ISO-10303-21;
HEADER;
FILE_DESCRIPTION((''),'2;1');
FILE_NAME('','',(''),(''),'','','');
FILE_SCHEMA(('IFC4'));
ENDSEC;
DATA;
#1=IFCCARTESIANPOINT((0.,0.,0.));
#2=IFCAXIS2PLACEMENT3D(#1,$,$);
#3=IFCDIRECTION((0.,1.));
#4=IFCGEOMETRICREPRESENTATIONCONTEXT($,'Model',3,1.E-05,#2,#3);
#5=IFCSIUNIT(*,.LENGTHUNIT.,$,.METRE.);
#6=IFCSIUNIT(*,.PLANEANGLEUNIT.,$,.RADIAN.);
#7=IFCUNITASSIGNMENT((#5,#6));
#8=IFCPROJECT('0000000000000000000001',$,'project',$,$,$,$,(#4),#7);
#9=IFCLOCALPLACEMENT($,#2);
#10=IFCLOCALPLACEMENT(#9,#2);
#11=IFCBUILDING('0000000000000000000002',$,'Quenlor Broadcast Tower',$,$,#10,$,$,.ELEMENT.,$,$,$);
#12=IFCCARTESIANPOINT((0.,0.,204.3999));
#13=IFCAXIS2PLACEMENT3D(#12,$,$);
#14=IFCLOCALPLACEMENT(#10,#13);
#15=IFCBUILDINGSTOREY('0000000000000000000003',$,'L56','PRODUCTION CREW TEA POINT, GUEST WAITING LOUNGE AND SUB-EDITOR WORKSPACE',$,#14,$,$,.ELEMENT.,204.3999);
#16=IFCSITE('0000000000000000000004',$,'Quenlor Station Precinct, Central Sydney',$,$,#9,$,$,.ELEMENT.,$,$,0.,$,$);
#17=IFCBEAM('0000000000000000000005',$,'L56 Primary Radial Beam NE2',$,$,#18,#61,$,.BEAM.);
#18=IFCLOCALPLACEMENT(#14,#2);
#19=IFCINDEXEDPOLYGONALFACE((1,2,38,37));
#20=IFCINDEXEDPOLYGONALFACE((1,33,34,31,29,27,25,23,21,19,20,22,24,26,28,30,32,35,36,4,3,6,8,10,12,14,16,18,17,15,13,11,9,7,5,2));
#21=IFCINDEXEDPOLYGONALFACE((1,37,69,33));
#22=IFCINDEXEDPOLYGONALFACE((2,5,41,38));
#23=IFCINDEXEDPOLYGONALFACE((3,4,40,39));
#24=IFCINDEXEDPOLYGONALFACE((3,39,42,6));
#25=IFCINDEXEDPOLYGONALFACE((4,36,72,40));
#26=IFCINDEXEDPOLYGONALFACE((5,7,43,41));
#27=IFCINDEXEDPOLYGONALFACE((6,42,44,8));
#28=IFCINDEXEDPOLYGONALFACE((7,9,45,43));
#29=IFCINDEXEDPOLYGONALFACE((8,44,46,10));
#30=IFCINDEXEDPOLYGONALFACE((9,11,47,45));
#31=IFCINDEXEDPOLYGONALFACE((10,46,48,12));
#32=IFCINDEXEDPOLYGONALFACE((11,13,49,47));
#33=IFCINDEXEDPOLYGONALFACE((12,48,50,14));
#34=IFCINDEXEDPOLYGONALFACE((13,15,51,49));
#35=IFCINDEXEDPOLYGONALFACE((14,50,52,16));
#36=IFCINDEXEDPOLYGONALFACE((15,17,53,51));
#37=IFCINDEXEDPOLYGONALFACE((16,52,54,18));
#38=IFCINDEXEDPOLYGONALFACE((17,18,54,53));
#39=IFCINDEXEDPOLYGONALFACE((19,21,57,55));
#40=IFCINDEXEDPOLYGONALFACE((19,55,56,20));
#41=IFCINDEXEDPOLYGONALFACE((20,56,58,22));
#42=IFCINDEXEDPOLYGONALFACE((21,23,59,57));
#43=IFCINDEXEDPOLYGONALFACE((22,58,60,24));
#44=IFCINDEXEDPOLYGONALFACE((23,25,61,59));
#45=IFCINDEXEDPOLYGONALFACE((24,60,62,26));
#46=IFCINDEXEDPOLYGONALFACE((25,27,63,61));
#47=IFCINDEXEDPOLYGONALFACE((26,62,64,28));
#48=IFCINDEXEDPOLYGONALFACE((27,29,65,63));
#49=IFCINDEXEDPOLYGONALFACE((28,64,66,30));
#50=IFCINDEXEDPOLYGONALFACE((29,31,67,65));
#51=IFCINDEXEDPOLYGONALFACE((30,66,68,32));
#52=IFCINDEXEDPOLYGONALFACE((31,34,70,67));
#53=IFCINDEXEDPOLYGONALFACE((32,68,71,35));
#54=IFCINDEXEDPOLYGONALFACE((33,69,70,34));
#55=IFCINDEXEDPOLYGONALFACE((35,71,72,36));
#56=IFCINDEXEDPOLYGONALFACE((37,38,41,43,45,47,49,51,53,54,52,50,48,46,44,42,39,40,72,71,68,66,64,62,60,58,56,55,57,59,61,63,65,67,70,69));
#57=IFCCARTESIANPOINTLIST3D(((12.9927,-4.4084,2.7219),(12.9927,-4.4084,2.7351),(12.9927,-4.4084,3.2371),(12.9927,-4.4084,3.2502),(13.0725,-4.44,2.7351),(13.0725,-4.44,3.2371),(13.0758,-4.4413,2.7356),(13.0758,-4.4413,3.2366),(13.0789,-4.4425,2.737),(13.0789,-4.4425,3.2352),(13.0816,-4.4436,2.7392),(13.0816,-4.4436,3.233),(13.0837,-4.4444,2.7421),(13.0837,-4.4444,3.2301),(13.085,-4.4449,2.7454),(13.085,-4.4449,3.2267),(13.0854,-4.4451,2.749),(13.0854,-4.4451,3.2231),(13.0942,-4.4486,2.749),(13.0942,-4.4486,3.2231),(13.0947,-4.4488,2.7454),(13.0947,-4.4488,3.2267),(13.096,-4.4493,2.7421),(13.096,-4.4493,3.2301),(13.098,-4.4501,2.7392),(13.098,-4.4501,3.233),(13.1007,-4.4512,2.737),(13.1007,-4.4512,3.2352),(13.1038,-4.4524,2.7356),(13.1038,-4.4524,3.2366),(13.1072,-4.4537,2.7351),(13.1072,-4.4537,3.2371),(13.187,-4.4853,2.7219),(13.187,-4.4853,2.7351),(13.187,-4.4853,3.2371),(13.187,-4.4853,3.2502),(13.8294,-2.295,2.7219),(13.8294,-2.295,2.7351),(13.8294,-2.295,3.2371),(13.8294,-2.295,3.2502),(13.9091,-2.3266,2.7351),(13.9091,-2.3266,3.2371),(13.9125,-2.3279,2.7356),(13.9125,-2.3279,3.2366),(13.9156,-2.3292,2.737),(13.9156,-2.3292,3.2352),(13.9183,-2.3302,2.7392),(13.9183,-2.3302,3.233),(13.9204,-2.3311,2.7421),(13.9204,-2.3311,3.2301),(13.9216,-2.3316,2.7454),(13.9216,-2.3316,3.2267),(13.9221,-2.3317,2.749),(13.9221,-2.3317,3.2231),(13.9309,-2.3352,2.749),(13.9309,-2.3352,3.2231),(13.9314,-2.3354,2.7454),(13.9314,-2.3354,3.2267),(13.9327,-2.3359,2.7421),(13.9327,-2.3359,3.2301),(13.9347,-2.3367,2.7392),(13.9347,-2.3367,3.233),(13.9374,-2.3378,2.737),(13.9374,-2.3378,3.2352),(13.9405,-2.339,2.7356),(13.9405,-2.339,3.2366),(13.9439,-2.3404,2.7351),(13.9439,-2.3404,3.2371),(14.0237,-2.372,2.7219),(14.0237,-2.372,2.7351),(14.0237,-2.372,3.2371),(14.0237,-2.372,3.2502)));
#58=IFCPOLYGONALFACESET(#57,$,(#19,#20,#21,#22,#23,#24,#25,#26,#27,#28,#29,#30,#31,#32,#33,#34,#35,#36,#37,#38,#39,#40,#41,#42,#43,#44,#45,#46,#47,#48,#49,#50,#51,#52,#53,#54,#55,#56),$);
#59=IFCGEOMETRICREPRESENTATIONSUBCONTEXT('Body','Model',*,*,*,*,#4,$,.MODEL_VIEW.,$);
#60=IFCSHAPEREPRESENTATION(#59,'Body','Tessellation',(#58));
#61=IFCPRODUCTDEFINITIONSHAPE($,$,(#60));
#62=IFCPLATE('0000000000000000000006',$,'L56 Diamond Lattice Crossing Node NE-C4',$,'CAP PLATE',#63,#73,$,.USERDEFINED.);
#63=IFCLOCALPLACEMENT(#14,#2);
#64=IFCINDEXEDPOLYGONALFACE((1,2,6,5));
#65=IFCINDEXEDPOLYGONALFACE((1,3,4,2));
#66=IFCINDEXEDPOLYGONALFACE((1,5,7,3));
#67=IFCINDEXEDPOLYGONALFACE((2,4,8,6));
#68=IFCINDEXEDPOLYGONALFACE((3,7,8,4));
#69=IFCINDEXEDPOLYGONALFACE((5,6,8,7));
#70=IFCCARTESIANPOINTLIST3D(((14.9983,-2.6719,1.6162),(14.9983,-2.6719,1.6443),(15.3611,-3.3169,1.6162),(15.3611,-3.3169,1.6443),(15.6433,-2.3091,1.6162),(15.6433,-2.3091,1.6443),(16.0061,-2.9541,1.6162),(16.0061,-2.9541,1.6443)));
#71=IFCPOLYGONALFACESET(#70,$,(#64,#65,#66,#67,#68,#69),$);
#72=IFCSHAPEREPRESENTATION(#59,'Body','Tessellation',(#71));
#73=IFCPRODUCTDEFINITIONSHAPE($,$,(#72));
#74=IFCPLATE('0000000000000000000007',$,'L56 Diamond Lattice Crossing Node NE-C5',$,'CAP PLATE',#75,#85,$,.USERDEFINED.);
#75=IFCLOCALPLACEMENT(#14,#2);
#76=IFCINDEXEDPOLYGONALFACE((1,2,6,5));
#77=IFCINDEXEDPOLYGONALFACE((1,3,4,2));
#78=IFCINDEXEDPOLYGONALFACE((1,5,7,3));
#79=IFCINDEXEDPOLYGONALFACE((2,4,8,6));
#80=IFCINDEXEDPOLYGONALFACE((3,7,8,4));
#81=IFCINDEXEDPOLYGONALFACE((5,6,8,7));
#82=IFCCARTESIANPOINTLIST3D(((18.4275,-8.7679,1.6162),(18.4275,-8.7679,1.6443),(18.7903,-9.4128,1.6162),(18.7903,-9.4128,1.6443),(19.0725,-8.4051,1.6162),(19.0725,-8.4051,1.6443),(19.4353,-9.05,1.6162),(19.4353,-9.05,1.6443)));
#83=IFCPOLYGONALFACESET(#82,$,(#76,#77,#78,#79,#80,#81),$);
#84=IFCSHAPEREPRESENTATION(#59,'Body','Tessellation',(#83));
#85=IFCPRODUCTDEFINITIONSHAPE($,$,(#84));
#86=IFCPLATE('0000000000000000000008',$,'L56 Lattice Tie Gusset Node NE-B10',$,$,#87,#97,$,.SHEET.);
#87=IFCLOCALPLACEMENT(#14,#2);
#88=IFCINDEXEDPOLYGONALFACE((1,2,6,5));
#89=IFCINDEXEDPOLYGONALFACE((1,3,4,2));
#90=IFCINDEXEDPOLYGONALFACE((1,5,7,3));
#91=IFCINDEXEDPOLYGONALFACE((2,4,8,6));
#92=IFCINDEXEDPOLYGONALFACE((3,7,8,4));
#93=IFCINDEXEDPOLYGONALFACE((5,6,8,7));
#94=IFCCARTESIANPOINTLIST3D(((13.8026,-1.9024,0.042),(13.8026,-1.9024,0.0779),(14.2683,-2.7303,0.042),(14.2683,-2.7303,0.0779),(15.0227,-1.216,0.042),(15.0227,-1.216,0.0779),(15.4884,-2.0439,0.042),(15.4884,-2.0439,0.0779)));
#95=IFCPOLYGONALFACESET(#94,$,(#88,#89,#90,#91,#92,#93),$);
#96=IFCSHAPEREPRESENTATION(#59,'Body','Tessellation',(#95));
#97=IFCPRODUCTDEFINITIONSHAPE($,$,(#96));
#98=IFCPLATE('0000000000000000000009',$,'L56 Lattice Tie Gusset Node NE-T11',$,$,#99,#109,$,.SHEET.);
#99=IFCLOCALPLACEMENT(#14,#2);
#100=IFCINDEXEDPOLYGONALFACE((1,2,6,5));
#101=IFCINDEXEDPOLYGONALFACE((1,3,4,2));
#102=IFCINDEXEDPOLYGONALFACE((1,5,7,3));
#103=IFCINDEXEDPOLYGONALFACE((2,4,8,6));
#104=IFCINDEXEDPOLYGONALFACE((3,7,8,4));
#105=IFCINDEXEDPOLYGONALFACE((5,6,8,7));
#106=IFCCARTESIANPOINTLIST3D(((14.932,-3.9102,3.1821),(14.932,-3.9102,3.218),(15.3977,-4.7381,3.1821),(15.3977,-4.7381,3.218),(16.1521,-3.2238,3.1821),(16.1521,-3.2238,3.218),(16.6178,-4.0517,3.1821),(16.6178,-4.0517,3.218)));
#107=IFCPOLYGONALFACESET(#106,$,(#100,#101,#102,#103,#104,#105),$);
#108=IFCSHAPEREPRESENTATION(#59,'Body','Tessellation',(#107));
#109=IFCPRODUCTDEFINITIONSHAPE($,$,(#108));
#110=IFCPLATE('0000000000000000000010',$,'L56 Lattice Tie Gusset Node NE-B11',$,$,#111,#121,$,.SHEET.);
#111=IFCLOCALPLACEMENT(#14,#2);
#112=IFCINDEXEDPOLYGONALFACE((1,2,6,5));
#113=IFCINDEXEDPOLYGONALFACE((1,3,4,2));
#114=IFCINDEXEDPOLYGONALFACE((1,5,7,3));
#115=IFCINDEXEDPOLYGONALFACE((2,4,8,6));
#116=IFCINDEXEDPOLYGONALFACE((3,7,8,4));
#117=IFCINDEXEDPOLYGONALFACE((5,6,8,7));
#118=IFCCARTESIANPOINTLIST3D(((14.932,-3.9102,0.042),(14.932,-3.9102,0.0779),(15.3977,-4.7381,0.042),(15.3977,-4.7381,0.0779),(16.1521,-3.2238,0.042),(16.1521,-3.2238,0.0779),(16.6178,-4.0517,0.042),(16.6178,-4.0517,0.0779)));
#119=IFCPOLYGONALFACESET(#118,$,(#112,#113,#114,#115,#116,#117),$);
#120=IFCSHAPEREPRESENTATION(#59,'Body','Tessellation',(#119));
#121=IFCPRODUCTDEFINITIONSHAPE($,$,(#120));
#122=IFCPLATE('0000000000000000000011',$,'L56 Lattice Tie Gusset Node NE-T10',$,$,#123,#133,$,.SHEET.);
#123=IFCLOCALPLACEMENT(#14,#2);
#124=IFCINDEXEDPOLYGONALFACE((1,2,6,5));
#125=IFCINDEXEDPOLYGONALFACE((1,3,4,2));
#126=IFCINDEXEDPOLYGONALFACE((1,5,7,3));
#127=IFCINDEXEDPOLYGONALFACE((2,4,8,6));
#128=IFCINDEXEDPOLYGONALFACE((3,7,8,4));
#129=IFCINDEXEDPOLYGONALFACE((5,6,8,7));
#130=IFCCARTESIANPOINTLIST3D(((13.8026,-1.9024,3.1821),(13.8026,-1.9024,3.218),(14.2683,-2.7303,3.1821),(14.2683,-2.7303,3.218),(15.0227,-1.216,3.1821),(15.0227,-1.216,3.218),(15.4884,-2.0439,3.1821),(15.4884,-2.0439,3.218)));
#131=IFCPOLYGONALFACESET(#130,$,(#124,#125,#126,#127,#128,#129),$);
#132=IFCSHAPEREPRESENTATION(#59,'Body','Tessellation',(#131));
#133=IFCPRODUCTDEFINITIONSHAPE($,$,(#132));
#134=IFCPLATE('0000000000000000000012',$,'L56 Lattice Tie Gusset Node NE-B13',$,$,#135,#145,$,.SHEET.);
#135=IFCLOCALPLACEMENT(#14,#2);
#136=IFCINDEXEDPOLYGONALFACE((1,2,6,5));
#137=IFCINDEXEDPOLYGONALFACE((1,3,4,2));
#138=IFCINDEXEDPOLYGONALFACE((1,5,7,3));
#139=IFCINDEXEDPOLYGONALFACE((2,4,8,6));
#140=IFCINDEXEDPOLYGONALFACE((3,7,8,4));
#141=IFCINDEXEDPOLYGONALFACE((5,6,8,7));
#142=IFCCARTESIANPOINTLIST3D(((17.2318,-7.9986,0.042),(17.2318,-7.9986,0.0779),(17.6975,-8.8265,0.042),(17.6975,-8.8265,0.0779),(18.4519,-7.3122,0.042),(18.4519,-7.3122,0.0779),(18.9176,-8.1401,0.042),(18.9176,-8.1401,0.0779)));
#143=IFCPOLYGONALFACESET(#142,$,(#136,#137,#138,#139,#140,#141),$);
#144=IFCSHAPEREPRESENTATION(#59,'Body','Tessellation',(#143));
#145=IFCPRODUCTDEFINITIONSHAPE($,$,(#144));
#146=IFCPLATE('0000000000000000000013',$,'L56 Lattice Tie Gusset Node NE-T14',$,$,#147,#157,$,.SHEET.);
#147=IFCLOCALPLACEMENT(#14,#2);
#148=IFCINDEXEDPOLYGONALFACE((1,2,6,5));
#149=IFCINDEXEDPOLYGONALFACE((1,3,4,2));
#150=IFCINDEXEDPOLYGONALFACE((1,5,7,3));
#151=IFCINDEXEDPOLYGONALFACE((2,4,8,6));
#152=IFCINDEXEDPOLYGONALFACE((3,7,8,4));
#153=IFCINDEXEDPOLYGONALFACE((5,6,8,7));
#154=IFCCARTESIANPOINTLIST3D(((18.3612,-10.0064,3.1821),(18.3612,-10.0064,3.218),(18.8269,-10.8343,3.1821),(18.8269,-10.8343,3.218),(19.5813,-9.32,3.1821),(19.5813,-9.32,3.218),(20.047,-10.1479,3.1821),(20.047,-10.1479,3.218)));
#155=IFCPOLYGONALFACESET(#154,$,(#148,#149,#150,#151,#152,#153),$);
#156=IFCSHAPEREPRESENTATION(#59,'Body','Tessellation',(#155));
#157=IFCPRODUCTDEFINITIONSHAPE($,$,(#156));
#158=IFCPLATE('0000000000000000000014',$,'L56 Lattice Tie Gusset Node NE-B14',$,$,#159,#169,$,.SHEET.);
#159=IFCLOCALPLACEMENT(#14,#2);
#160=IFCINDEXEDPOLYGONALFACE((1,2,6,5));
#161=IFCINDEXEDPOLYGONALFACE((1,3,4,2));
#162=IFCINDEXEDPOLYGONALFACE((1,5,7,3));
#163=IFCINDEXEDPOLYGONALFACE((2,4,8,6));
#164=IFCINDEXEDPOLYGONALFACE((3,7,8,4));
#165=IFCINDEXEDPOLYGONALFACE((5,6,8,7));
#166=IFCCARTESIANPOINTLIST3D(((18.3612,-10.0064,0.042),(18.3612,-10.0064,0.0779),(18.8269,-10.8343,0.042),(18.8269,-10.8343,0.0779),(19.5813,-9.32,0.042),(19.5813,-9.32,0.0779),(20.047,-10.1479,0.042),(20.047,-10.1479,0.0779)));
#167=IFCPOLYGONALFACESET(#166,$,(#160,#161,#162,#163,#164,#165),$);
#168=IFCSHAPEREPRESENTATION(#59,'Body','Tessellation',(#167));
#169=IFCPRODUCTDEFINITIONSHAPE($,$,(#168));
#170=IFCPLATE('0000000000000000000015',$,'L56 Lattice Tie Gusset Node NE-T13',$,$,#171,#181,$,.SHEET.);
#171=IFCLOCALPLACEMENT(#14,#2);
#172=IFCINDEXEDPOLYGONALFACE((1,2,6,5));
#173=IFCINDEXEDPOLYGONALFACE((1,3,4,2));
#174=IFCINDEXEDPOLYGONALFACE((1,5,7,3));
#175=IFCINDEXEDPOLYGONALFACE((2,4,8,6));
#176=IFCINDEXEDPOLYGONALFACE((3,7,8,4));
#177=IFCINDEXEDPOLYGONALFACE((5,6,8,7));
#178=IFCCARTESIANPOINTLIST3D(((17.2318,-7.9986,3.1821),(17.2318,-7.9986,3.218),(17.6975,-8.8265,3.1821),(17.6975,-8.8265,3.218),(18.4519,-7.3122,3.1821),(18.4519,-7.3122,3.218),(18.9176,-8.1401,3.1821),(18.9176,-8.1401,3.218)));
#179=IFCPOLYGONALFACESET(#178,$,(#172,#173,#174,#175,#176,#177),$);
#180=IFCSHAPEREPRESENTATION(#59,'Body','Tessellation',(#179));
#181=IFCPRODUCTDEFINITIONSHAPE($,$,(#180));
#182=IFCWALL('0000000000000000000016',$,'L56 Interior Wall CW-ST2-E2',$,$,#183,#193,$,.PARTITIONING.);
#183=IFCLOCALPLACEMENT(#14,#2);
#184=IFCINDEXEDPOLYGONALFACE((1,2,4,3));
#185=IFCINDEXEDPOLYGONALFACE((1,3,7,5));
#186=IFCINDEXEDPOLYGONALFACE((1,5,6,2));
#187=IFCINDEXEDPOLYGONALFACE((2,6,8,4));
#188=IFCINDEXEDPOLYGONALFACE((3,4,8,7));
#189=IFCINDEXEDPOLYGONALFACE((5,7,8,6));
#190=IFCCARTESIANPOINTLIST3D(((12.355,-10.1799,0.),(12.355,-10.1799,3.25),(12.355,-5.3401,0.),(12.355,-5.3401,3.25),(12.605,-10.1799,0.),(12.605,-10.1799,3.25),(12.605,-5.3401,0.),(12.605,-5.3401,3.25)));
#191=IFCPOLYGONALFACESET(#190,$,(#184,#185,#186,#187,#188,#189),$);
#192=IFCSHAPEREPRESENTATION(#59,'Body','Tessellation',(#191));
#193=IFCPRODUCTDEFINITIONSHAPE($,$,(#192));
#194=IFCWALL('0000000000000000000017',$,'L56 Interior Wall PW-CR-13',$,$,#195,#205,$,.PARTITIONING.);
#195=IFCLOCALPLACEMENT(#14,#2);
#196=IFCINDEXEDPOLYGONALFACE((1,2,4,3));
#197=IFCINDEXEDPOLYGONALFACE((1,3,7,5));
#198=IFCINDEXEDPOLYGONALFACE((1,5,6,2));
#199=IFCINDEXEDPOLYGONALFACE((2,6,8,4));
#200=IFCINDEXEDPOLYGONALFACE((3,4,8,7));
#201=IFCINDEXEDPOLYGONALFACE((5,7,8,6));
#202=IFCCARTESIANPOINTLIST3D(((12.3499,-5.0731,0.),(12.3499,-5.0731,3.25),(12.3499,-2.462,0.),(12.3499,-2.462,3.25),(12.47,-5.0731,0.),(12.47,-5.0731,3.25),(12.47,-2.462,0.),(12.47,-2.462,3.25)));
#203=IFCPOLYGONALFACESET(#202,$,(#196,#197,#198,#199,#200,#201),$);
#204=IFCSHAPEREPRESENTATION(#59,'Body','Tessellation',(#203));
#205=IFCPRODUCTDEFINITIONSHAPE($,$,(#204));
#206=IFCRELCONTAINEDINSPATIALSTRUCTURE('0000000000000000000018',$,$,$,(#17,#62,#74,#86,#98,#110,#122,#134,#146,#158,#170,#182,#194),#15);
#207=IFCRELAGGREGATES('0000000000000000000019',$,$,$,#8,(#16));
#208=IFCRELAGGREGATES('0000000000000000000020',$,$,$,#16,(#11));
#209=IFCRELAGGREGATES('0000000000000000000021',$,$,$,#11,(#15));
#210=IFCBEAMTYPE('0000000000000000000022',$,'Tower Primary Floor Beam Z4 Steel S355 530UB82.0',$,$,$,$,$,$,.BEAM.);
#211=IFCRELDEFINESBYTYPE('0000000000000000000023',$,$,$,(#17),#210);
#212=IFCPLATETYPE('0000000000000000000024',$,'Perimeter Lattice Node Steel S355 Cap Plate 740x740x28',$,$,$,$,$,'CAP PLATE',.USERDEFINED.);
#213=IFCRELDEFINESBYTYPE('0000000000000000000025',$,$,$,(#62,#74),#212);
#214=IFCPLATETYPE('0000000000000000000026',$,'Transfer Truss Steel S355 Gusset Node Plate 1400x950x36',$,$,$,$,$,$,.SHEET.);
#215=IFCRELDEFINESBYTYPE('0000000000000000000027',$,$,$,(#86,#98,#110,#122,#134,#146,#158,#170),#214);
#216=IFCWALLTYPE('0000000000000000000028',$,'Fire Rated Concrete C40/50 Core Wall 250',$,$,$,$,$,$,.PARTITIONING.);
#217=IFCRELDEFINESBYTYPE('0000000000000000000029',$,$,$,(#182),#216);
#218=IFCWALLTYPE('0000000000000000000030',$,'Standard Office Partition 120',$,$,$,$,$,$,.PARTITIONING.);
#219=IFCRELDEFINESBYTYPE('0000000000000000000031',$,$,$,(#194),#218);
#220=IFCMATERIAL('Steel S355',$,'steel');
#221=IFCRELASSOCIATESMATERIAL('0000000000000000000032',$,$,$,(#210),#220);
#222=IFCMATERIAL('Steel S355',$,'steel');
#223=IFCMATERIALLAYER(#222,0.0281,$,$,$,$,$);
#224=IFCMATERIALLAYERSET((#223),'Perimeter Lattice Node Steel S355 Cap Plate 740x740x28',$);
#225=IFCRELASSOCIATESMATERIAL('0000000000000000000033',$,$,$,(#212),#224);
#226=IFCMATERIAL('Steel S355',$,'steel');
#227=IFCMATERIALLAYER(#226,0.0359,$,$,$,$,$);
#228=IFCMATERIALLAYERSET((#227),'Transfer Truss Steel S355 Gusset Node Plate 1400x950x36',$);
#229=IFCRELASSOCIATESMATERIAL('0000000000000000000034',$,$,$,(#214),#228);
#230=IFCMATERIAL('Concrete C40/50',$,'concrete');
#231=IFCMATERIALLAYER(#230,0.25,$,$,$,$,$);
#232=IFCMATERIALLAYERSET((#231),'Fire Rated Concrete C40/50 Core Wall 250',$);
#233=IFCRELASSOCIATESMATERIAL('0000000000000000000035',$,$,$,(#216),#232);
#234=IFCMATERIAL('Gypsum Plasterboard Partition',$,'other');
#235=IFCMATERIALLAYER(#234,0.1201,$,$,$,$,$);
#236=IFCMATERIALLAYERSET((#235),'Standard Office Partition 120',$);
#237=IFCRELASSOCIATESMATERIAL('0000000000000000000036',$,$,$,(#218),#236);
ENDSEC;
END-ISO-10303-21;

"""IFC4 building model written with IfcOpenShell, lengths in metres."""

from ifc_helpers import new_model, si_unit, direction, frame, frame_2d, origin, origin_2d, place, context, subcontext, project, spatial, rectangle, i_section, extrude, material, layer, layer_set, material_profile, profile_set, type_object, element, save


model = new_model("IFC4")

# Units and contexts
model_context = context("Model", 3, precision=1e-05, world=origin(), true_north=direction((0.0, 1.0)))
body_context = subcontext(model_context, "Body", "Model", "MODEL_VIEW")
ifc_project = project(units=[si_unit("LENGTHUNIT", "METRE"), si_unit("PLANEANGLEUNIT", "RADIAN")], contexts=[model_context])

# Site, building, storey
site_placement = place(None, origin())
site = spatial("IfcSite", under=ifc_project, at=site_placement, Name="Quenlor Station Precinct, Central Sydney", CompositionType="ELEMENT", RefElevation=0.0)
building_placement = place(site_placement, origin())
building = spatial("IfcBuilding", under=site, at=building_placement, Name="Quenlor Broadcast Tower", CompositionType="ELEMENT")
storey_placement = place(building_placement, frame((0.0, 0.0, 204.3999)))
storey = spatial("IfcBuildingStorey", under=building, at=storey_placement, Name="L56", Description="PRODUCTION CREW TEA POINT, GUEST WAITING LOUNGE AND SUB-EDITOR WORKSPACE", CompositionType="ELEMENT", Elevation=204.3999)

# Beam
ifc_material_1 = material(Name="Steel S355", Category="steel")
ifc_material_profile_1 = material_profile(ifc_material_1, i_section(OverallWidth=0.209, OverallDepth=0.5283, WebThickness=0.0095, FlangeThickness=0.0132, FilletRadius=0.0139, at=origin_2d()))
ifc_profile_set_1 = profile_set([ifc_material_profile_1], Name="Steel S355 530UB82.0")
beam_type_1 = type_object("IfcBeamType", Name="Tower Primary Floor Beam Z4 Steel S355 530UB82.0", PredefinedType="BEAM", material=ifc_profile_set_1)
beam_1_placement = place(storey_placement, frame((13.9265, -2.3335, 2.9861), z_axis=(-0.36811, -0.929782, 0.0), x_axis=(0.929782, -0.36811, 0.0)))
element("IfcBeam", 1, at=beam_1_placement, inside=storey, type_object=beam_type_1, Name="L56 Primary Radial Beam NE2", PredefinedType="BEAM", context=body_context, shape_type="SweptSolid", body=[
    extrude(i_section(OverallWidth=0.209, OverallDepth=0.5283, WebThickness=0.0095, FlangeThickness=0.0132, FilletRadius=0.0139, at=origin_2d()), origin(), (0.0, 0.0, 1.0), 2.2729),
])

# Plates
ifc_material_2 = material(Name="Steel S355", Category="steel")
ifc_layer_1 = layer(ifc_material_2, 0.0281)
ifc_layer_set_1 = layer_set([ifc_layer_1], Name="Perimeter Lattice Node Steel S355 Cap Plate 740x740x28")
plate_type_1 = type_object("IfcPlateType", Name="Perimeter Lattice Node Steel S355 Cap Plate 740x740x28", ElementType="CAP PLATE", PredefinedType="USERDEFINED", material=ifc_layer_set_1)
for number, where, z_axis, x_axis, name in (
    (2, (15.5022, -2.813, 1.6162), (0.0, 0.0, 1.0), (0.490295, -0.871556, 0.0), "L56 Diamond Lattice Crossing Node NE-C4"),
    (3, (18.9314, -8.9089, 1.6162), (0.0, 0.0, 1.0), (0.490295, -0.871556, 0.0), "L56 Diamond Lattice Crossing Node NE-C5"),
):
    element("IfcPlate", number, at=place(storey_placement, frame(where, z_axis=z_axis, x_axis=x_axis)), inside=storey, type_object=plate_type_1, Name=name, ObjectType="CAP PLATE", PredefinedType="USERDEFINED", context=body_context, shape_type="SweptSolid", body=[
        extrude(rectangle(XDim=0.74, YDim=0.74, at=origin_2d()), origin(), (0.0, 0.0, 1.0), 0.0281),
    ])
ifc_material_3 = material(Name="Steel S355", Category="steel")
ifc_layer_2 = layer(ifc_material_3, 0.0359)
ifc_layer_set_2 = layer_set([ifc_layer_2], Name="Transfer Truss Steel S355 Gusset Node Plate 1400x950x36")
plate_type_2 = type_object("IfcPlateType", Name="Transfer Truss Steel S355 Gusset Node Plate 1400x950x36", PredefinedType="SHEET", material=ifc_layer_set_2)
for number, where, z_axis, x_axis, name in (
    (4, (14.6455, -1.9731, 0.042), (0.0, 0.0, 1.0), (0.871556, 0.490295, 0.0), "L56 Lattice Tie Gusset Node NE-B10"),
    (5, (15.7749, -3.981, 3.1821), (0.0, 0.0, 1.0), (0.871556, 0.490295, 0.0), "L56 Lattice Tie Gusset Node NE-T11"),
    (6, (15.7749, -3.981, 0.042), (0.0, 0.0, 1.0), (0.871556, 0.490295, 0.0), "L56 Lattice Tie Gusset Node NE-B11"),
    (7, (14.6455, -1.9731, 3.1821), (0.0, 0.0, 1.0), (0.871556, 0.490295, 0.0), "L56 Lattice Tie Gusset Node NE-T10"),
    (8, (18.0747, -8.0693, 0.042), (0.0, 0.0, 1.0), (0.871556, 0.490295, 0.0), "L56 Lattice Tie Gusset Node NE-B13"),
    (9, (19.2041, -10.0771, 3.1821), (0.0, 0.0, 1.0), (0.871556, 0.490295, 0.0), "L56 Lattice Tie Gusset Node NE-T14"),
    (10, (19.2041, -10.0771, 0.042), (0.0, 0.0, 1.0), (0.871556, 0.490295, 0.0), "L56 Lattice Tie Gusset Node NE-B14"),
    (11, (18.0747, -8.0693, 3.1821), (0.0, 0.0, 1.0), (0.871556, 0.490295, 0.0), "L56 Lattice Tie Gusset Node NE-T13"),
):
    element("IfcPlate", number, at=place(storey_placement, frame(where, z_axis=z_axis, x_axis=x_axis)), inside=storey, type_object=plate_type_2, Name=name, PredefinedType="SHEET", context=body_context, shape_type="SweptSolid", body=[
        extrude(rectangle(XDim=1.3999, YDim=0.95, at=origin_2d()), origin(), (0.0, 0.0, 1.0), 0.0359),
    ])

# Walls
ifc_material_4 = material(Name="Concrete C40/50", Category="concrete")
ifc_layer_3 = layer(ifc_material_4, 0.25)
ifc_layer_set_3 = layer_set([ifc_layer_3], Name="Fire Rated Concrete C40/50 Core Wall 250")
wall_type_1 = type_object("IfcWallType", Name="Fire Rated Concrete C40/50 Core Wall 250", PredefinedType="PARTITIONING", material=ifc_layer_set_3)
wall_1_placement = place(storey_placement, frame((12.48, -10.1799, 0.0), z_axis=(0.0, 0.0, 1.0), x_axis=(0.0, 1.0, 0.0)))
element("IfcWall", 12, at=wall_1_placement, inside=storey, type_object=wall_type_1, Name="L56 Interior Wall CW-ST2-E2", PredefinedType="PARTITIONING", context=body_context, shape_type="SweptSolid", body=[
    extrude(rectangle(XDim=4.8398, YDim=0.25, at=frame_2d((2.4199, 0.0))), origin(), (0.0, 0.0, 1.0), 3.25),
])
ifc_material_5 = material(Name="Gypsum Plasterboard Partition", Category="other")
ifc_layer_4 = layer(ifc_material_5, 0.1201)
ifc_layer_set_4 = layer_set([ifc_layer_4], Name="Standard Office Partition 120")
wall_type_2 = type_object("IfcWallType", Name="Standard Office Partition 120", PredefinedType="PARTITIONING", material=ifc_layer_set_4)
wall_2_placement = place(storey_placement, frame((12.4099, -2.4619, 0.0), z_axis=(0.0, 0.0, 1.0), x_axis=(0.0, -1.0, 0.0)))
element("IfcWall", 13, at=wall_2_placement, inside=storey, type_object=wall_type_2, Name="L56 Interior Wall PW-CR-13", PredefinedType="PARTITIONING", context=body_context, shape_type="SweptSolid", body=[
    extrude(rectangle(XDim=2.6111, YDim=0.1201, at=frame_2d((1.3057, 0.0))), origin(), (0.0, 0.0, 1.0), 3.25),
])

save(model, "model.ifc")
